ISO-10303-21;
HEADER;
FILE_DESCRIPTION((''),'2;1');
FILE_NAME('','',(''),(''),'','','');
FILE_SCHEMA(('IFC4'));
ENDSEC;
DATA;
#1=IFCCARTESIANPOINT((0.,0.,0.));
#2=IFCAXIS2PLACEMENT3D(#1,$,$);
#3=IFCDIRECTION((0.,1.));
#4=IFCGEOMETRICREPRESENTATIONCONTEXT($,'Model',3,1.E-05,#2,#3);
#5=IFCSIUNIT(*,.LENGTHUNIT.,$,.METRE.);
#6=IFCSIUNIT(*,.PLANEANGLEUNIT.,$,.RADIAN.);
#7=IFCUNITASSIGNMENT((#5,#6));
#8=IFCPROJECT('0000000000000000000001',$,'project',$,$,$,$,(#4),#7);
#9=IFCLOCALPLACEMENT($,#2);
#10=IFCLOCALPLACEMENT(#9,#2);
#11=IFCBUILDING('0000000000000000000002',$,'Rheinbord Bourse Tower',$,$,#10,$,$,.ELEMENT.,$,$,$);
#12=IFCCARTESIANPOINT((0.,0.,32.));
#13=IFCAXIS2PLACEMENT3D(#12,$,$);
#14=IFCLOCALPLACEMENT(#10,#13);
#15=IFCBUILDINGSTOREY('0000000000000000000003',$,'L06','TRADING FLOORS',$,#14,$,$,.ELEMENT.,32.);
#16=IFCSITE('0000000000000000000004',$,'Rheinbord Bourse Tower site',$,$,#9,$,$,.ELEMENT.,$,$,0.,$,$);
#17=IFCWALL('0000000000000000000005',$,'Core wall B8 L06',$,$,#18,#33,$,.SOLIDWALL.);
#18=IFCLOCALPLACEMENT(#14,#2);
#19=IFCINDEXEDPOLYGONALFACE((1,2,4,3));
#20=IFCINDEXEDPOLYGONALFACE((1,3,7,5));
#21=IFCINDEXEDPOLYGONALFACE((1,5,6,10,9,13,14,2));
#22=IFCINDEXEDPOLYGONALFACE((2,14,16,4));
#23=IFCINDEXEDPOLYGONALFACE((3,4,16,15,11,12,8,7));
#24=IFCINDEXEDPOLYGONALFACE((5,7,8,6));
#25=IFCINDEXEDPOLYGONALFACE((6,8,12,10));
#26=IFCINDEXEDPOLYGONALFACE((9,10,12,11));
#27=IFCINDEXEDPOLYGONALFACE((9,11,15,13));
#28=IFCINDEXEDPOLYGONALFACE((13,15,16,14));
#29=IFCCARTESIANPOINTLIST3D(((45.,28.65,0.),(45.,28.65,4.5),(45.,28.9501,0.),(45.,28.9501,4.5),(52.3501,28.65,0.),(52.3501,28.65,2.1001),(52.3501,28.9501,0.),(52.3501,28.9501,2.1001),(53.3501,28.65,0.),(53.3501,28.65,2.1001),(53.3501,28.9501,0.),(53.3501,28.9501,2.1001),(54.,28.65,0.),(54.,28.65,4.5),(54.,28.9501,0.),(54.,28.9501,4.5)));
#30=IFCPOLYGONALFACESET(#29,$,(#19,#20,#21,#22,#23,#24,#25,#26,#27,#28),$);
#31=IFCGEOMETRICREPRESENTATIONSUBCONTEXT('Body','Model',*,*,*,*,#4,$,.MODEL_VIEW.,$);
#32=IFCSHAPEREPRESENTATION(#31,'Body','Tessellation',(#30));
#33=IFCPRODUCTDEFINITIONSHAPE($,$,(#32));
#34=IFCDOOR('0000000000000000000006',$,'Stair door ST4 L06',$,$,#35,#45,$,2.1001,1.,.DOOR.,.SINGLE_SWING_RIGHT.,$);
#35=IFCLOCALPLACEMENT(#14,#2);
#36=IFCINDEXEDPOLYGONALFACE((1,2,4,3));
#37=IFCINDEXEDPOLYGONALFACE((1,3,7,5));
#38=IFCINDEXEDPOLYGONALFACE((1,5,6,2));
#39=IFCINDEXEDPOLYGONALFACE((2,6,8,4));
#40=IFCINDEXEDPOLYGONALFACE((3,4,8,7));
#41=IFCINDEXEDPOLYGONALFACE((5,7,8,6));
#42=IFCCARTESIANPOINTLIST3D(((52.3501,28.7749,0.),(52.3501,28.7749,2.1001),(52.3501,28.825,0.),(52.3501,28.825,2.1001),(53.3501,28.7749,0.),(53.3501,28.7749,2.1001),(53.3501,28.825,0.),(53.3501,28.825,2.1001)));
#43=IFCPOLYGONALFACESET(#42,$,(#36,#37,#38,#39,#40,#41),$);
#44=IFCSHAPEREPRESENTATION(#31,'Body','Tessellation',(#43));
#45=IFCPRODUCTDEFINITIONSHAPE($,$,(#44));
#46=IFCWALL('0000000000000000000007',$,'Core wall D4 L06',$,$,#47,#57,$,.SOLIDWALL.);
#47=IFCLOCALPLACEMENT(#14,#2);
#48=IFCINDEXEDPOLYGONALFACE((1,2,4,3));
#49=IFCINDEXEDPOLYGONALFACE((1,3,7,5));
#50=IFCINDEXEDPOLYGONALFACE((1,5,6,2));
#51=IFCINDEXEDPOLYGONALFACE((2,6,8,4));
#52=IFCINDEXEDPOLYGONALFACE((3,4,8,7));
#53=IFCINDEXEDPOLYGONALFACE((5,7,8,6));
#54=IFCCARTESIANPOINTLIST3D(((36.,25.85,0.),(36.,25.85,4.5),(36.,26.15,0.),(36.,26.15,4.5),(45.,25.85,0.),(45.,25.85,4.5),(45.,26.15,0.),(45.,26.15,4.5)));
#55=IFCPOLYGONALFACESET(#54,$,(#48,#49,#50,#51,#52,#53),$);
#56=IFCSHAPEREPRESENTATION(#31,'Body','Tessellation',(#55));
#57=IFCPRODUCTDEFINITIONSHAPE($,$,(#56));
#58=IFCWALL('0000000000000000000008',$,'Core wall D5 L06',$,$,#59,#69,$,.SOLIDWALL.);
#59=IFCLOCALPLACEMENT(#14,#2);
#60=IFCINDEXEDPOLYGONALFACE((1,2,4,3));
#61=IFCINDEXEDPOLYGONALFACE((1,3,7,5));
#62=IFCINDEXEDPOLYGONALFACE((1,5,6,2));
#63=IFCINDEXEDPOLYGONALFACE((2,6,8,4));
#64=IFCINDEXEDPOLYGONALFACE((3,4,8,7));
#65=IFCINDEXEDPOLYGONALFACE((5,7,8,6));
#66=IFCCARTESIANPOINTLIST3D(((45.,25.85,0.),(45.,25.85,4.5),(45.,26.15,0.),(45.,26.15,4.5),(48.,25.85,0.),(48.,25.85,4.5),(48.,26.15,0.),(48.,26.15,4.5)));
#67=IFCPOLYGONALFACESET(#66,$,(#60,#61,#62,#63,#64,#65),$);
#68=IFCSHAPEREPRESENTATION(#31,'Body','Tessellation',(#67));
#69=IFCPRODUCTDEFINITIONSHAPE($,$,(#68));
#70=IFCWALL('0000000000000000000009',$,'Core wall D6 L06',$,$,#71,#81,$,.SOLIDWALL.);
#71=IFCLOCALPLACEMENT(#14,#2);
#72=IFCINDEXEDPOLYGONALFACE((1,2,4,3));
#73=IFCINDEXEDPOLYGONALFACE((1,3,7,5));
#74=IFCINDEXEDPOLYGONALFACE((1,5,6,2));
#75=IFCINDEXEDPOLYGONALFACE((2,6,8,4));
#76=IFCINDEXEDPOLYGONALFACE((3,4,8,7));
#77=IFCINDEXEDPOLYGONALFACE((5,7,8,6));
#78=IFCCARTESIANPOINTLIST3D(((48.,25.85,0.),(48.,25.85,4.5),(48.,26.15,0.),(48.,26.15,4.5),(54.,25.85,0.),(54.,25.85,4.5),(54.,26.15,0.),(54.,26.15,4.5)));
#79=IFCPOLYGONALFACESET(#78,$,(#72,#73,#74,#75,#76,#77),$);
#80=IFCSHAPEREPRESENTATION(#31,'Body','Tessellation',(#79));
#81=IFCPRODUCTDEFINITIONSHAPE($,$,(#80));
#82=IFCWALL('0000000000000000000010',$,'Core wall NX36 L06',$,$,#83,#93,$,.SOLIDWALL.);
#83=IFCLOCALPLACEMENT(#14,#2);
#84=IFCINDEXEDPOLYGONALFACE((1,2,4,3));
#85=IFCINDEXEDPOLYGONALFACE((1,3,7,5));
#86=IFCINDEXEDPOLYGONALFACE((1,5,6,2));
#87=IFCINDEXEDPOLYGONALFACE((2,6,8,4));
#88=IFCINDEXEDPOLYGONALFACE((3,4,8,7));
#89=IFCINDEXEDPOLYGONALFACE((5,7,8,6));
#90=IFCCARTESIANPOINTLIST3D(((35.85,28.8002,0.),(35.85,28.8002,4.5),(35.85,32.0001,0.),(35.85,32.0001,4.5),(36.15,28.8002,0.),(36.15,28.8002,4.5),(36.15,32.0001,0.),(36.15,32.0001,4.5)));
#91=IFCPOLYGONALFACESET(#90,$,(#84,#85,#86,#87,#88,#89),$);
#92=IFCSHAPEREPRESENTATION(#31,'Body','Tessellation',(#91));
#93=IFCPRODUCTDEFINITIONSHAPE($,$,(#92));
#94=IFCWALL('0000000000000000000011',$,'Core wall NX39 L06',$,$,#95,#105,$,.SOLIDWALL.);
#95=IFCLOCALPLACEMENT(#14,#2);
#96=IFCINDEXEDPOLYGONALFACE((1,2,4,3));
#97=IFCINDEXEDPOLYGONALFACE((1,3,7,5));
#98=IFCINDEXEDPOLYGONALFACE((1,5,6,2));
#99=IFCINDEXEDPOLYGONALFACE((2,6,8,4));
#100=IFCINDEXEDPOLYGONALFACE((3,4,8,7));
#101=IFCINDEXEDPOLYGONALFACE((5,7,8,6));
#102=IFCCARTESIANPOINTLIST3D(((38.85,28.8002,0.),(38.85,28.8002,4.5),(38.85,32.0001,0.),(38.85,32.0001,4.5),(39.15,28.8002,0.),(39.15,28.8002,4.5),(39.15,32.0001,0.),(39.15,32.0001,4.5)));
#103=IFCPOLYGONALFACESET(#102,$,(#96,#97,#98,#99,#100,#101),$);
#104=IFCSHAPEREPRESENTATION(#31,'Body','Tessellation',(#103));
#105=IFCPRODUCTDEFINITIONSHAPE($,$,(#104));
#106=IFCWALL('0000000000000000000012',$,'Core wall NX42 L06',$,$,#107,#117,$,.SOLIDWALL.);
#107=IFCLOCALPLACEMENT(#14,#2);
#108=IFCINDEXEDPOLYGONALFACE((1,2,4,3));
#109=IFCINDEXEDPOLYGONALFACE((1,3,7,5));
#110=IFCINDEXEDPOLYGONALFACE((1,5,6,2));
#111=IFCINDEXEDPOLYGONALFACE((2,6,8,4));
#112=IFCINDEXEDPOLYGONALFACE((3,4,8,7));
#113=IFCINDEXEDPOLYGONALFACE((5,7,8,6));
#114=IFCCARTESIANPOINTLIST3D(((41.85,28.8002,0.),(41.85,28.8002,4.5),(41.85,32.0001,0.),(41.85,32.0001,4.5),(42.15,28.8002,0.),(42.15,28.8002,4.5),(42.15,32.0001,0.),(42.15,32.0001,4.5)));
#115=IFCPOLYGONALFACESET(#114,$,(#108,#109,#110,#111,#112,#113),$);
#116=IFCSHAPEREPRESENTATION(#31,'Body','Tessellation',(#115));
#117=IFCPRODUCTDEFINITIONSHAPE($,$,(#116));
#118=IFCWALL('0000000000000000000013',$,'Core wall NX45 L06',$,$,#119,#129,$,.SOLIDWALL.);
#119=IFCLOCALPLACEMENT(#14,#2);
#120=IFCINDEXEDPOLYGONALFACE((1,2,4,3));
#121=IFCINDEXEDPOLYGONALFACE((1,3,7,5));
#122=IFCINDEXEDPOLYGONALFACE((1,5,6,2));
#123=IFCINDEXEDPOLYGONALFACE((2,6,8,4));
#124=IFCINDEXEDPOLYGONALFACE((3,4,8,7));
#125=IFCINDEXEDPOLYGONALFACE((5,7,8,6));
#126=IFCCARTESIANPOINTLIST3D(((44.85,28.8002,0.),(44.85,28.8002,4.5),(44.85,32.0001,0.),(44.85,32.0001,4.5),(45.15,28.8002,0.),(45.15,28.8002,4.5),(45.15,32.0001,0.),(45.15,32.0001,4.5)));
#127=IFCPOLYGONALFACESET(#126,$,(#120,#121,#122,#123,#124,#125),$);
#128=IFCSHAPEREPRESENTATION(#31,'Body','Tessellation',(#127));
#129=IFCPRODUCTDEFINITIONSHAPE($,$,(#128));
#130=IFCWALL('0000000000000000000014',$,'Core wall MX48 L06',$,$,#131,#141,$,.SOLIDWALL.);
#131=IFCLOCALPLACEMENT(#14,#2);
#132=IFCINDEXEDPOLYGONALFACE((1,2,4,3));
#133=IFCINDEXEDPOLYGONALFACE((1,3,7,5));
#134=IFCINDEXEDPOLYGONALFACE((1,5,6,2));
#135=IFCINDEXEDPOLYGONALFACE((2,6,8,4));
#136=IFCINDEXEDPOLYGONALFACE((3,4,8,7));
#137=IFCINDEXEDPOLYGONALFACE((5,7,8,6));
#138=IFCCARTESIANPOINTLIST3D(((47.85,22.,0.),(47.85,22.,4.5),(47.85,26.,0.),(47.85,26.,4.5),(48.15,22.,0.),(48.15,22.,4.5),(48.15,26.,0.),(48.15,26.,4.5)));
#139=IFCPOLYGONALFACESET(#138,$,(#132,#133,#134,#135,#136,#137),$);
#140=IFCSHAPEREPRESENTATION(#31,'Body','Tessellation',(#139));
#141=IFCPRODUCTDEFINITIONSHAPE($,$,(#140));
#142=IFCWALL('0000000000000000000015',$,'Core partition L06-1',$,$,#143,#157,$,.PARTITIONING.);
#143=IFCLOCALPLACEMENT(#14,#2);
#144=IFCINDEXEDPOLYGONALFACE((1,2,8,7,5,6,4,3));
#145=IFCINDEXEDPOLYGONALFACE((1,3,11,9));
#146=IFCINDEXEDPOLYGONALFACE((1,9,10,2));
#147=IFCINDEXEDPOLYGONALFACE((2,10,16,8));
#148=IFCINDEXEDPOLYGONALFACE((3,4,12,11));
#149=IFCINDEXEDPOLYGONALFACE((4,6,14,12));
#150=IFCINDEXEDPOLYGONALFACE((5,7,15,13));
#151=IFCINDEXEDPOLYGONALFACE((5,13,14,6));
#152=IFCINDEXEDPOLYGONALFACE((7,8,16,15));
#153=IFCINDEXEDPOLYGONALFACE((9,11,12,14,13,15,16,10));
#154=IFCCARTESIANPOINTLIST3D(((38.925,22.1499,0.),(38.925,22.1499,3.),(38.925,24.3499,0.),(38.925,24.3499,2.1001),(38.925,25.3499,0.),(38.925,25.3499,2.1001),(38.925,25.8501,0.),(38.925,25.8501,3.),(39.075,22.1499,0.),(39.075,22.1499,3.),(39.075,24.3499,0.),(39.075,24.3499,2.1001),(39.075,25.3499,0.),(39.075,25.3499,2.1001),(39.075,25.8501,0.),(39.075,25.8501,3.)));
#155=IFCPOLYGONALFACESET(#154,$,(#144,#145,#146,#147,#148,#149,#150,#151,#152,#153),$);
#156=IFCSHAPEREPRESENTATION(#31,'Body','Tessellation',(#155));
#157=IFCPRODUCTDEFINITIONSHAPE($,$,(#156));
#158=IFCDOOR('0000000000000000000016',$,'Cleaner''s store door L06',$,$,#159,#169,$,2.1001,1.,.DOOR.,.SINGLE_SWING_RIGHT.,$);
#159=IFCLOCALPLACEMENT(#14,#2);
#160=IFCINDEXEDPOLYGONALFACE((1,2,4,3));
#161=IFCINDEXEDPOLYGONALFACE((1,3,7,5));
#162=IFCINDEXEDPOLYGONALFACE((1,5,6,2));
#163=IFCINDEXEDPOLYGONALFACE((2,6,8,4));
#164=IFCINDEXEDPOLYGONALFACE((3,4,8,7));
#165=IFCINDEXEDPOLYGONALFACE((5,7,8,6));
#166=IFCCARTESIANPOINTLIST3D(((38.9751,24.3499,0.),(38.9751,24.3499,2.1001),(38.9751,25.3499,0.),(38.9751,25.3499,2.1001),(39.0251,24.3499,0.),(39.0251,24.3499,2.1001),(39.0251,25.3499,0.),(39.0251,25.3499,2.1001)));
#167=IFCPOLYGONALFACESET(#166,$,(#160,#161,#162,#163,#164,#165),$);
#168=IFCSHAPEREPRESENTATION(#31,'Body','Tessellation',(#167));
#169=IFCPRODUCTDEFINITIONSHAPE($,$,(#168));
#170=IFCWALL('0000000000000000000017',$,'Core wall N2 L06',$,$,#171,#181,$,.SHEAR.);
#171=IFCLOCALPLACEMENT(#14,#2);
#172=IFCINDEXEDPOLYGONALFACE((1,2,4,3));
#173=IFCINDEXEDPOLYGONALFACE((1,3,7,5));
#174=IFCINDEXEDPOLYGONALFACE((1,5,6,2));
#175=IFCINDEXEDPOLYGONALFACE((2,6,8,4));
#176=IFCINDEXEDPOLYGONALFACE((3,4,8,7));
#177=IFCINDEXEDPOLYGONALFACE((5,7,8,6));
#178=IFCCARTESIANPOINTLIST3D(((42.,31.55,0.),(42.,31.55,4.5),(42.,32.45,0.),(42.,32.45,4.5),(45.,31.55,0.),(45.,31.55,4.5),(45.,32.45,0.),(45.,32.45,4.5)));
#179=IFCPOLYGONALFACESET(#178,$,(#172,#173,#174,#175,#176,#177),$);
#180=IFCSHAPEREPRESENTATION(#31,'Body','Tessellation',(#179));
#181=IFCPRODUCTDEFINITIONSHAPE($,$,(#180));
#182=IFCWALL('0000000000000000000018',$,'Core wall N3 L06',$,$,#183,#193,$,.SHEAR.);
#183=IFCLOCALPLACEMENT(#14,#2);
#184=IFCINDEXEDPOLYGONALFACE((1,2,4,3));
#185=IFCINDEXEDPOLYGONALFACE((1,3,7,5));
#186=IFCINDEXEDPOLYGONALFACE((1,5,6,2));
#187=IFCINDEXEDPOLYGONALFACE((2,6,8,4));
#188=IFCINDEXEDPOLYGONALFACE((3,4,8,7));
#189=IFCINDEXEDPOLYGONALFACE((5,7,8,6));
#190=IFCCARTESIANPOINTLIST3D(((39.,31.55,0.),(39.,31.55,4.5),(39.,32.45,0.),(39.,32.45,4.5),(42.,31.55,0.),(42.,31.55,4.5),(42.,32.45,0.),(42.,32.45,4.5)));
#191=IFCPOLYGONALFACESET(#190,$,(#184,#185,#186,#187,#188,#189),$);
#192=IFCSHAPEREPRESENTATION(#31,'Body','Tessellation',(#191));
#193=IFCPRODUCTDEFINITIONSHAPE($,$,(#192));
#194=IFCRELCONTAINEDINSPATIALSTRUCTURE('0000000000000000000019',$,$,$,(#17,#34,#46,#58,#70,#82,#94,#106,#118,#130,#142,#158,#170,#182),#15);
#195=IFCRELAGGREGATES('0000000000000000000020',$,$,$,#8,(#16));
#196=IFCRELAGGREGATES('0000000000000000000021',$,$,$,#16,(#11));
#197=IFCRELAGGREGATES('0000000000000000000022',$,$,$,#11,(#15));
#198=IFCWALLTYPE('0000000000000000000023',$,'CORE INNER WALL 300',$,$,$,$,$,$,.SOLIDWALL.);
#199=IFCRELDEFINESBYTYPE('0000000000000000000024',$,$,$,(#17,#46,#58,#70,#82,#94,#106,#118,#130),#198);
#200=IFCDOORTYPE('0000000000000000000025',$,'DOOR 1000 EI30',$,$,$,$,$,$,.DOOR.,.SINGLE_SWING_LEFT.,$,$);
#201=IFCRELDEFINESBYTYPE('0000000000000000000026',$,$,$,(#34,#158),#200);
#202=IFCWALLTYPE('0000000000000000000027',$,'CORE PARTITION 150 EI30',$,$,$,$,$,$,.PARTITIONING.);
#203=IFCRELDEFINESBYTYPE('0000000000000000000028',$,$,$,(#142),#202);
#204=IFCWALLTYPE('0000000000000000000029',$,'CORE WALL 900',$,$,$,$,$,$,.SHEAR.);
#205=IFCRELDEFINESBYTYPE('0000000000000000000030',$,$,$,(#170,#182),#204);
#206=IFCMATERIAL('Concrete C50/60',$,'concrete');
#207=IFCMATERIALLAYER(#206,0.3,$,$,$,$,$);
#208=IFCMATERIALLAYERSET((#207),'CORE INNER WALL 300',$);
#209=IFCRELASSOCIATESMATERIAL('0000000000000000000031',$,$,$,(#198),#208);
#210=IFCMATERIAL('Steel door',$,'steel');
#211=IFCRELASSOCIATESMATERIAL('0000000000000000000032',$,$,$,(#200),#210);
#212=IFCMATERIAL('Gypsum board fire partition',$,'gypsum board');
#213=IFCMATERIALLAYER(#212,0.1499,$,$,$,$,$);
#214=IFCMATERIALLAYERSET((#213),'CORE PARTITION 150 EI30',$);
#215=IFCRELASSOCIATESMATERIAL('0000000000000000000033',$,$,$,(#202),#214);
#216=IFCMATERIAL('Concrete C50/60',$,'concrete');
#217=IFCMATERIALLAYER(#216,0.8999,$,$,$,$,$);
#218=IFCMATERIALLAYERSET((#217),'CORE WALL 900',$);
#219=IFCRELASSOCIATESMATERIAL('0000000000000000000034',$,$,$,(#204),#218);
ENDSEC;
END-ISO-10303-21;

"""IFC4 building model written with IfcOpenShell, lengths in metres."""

from ifc_helpers import new_model, si_unit, direction, frame, frame_2d, origin, place, context, subcontext, project, spatial, rectangle, extrude, material, layer, layer_set, type_object, element, fill, save


model = new_model("IFC4")

# Units and contexts
model_context = context("Model", 3, precision=1e-05, world=origin(), true_north=direction((0.0, 1.0)))
body_context = subcontext(model_context, "Body", "Model", "MODEL_VIEW")
ifc_project = project(units=[si_unit("LENGTHUNIT", "METRE"), si_unit("PLANEANGLEUNIT", "RADIAN")], contexts=[model_context])

# Site, building, storey
site_placement = place(None, origin())
site = spatial("IfcSite", under=ifc_project, at=site_placement, Name="Rheinbord Bourse Tower site", CompositionType="ELEMENT", RefElevation=0.0)
building_placement = place(site_placement, origin())
building = spatial("IfcBuilding", under=site, at=building_placement, Name="Rheinbord Bourse Tower", CompositionType="ELEMENT")
storey_placement = place(building_placement, frame((0.0, 0.0, 32.0)))
storey = spatial("IfcBuildingStorey", under=building, at=storey_placement, Name="L06", Description="TRADING FLOORS", CompositionType="ELEMENT", Elevation=32.0)

# Shared definitions
ifc_material_1 = material(Name="Concrete C50/60", Category="concrete")
ifc_layer_1 = layer(ifc_material_1, 0.3)
ifc_layer_set_1 = layer_set([ifc_layer_1], Name="CORE INNER WALL 300")
wall_type_1 = type_object("IfcWallType", Name="CORE INNER WALL 300", PredefinedType="SOLIDWALL", material=ifc_layer_set_1)

# Wall, opening, door
wall_1_placement = place(storey_placement, frame((45.0, 28.8, 0.0), z_axis=(0.0, 0.0, 1.0), x_axis=(1.0, 0.0, 0.0)))
wall_1 = element("IfcWall", 1, at=wall_1_placement, inside=storey, type_object=wall_type_1, Name="Core wall B8 L06", PredefinedType="SOLIDWALL", context=body_context, shape_type="SweptSolid", body=[
    extrude(rectangle(XDim=9.0, YDim=0.3, at=frame_2d((4.5, 0.0))), origin(), (0.0, 0.0, 1.0), 4.5),
])
opening_1_placement = place(wall_1_placement, frame((7.3501, 0.0, 0.0)))
opening_1 = element("IfcOpeningElement", 2, at=opening_1_placement, cuts=wall_1, PredefinedType="OPENING", context=body_context, shape_type="SweptSolid", body=[
    extrude(rectangle(XDim=1.0, YDim=2.1001, at=frame_2d((0.5, 1.05))), frame((0.0, 0.1599, 0.0), z_axis=(0.0, -1.0, 0.0), x_axis=(1.0, 0.0, 0.0)), (0.0, 0.0, 1.0), 0.3201),
])
ifc_material_2 = material(Name="Steel door", Category="steel")
door_type_1 = type_object("IfcDoorType", Name="DOOR 1000 EI30", OperationType="SINGLE_SWING_LEFT", PredefinedType="DOOR", material=ifc_material_2)
door_1_placement = place(opening_1_placement, origin())
door_1 = element("IfcDoor", 3, at=door_1_placement, inside=storey, type_object=door_type_1, Name="Stair door ST4 L06", OperationType="SINGLE_SWING_RIGHT", OverallHeight=2.1001, OverallWidth=1.0, PredefinedType="DOOR", context=body_context, shape_type="SweptSolid", body=[
    extrude(rectangle(XDim=1.0, YDim=2.1001, at=frame_2d((0.5, 1.05))), frame((0.0, 0.0249, 0.0), z_axis=(0.0, -1.0, 0.0), x_axis=(1.0, 0.0, 0.0)), (0.0, 0.0, 1.0), 0.05),
])
fill(opening_1, door_1)

# Walls
wall_2_placement = place(storey_placement, frame((36.0, 26.0, 0.0), z_axis=(0.0, 0.0, 1.0), x_axis=(1.0, 0.0, 0.0)))
element("IfcWall", 4, at=wall_2_placement, inside=storey, type_object=wall_type_1, Name="Core wall D4 L06", PredefinedType="SOLIDWALL", context=body_context, shape_type="SweptSolid", body=[
    extrude(rectangle(XDim=9.0, YDim=0.3, at=frame_2d((4.5, 0.0))), origin(), (0.0, 0.0, 1.0), 4.5),
])
wall_3_placement = place(storey_placement, frame((45.0, 26.0, 0.0), z_axis=(0.0, 0.0, 1.0), x_axis=(1.0, 0.0, 0.0)))
element("IfcWall", 5, at=wall_3_placement, inside=storey, type_object=wall_type_1, Name="Core wall D5 L06", PredefinedType="SOLIDWALL", context=body_context, shape_type="SweptSolid", body=[
    extrude(rectangle(XDim=3.0, YDim=0.3, at=frame_2d((1.5, 0.0))), origin(), (0.0, 0.0, 1.0), 4.5),
])
wall_4_placement = place(storey_placement, frame((48.0, 26.0, 0.0), z_axis=(0.0, 0.0, 1.0), x_axis=(1.0, 0.0, 0.0)))
element("IfcWall", 6, at=wall_4_placement, inside=storey, type_object=wall_type_1, Name="Core wall D6 L06", PredefinedType="SOLIDWALL", context=body_context, shape_type="SweptSolid", body=[
    extrude(rectangle(XDim=6.0, YDim=0.3, at=frame_2d((3.0, 0.0))), origin(), (0.0, 0.0, 1.0), 4.5),
])
for number, where, z_axis, x_axis, name in (
    (7, (36.0, 28.8, 0.0), (0.0, 0.0, 1.0), (0.0, 1.0, 0.0), "Core wall NX36 L06"),
    (8, (39.0, 28.8, 0.0), (0.0, 0.0, 1.0), (0.0, 1.0, 0.0), "Core wall NX39 L06"),
    (9, (42.0, 28.8, 0.0), (0.0, 0.0, 1.0), (0.0, 1.0, 0.0), "Core wall NX42 L06"),
    (10, (45.0, 28.8, 0.0), (0.0, 0.0, 1.0), (0.0, 1.0, 0.0), "Core wall NX45 L06"),
):
    element("IfcWall", number, at=place(storey_placement, frame(where, z_axis=z_axis, x_axis=x_axis)), inside=storey, type_object=wall_type_1, Name=name, PredefinedType="SOLIDWALL", context=body_context, shape_type="SweptSolid", body=[
        extrude(rectangle(XDim=3.2, YDim=0.3, at=frame_2d((1.6001, 0.0))), origin(), (0.0, 0.0, 1.0), 4.5),
    ])
wall_5_placement = place(storey_placement, frame((48.0, 22.0, 0.0), z_axis=(0.0, 0.0, 1.0), x_axis=(0.0, 1.0, 0.0)))
element("IfcWall", 11, at=wall_5_placement, inside=storey, type_object=wall_type_1, Name="Core wall MX48 L06", PredefinedType="SOLIDWALL", context=body_context, shape_type="SweptSolid", body=[
    extrude(rectangle(XDim=4.0, YDim=0.3, at=frame_2d((2.0, 0.0))), origin(), (0.0, 0.0, 1.0), 4.5),
])

# Wall, opening, door
ifc_material_3 = material(Name="Gypsum board fire partition", Category="gypsum board")
ifc_layer_2 = layer(ifc_material_3, 0.1499)
ifc_layer_set_2 = layer_set([ifc_layer_2], Name="CORE PARTITION 150 EI30")
wall_type_2 = type_object("IfcWallType", Name="CORE PARTITION 150 EI30", PredefinedType="PARTITIONING", material=ifc_layer_set_2)
wall_6_placement = place(storey_placement, frame((39.0, 22.1499, 0.0), z_axis=(0.0, 0.0, 1.0), x_axis=(0.0, 1.0, 0.0)))
wall_6 = element("IfcWall", 12, at=wall_6_placement, inside=storey, type_object=wall_type_2, Name="Core partition L06-1", PredefinedType="PARTITIONING", context=body_context, shape_type="SweptSolid", body=[
    extrude(rectangle(XDim=3.7002, YDim=0.1499, at=frame_2d((1.8501, 0.0))), origin(), (0.0, 0.0, 1.0), 3.0),
])
opening_2_placement = place(wall_6_placement, frame((2.2, 0.0, 0.0)))
opening_2 = element("IfcOpeningElement", 13, at=opening_2_placement, cuts=wall_6, PredefinedType="OPENING", context=body_context, shape_type="SweptSolid", body=[
    extrude(rectangle(XDim=1.0, YDim=2.1001, at=frame_2d((0.5, 1.05))), frame((0.0, 0.085, 0.0), z_axis=(0.0, -1.0, 0.0), x_axis=(1.0, 0.0, 0.0)), (0.0, 0.0, 1.0), 0.1699),
])
door_2_placement = place(opening_2_placement, origin())
door_2 = element("IfcDoor", 14, at=door_2_placement, inside=storey, type_object=door_type_1, Name="Cleaner's store door L06", OperationType="SINGLE_SWING_RIGHT", OverallHeight=2.1001, OverallWidth=1.0, PredefinedType="DOOR", context=body_context, shape_type="SweptSolid", body=[
    extrude(rectangle(XDim=1.0, YDim=2.1001, at=frame_2d((0.5, 1.05))), frame((0.0, 0.0249, 0.0), z_axis=(0.0, -1.0, 0.0), x_axis=(1.0, 0.0, 0.0)), (0.0, 0.0, 1.0), 0.05),
])
fill(opening_2, door_2)

# Walls
ifc_material_4 = material(Name="Concrete C50/60", Category="concrete")
ifc_layer_3 = layer(ifc_material_4, 0.8999)
ifc_layer_set_3 = layer_set([ifc_layer_3], Name="CORE WALL 900")
wall_type_3 = type_object("IfcWallType", Name="CORE WALL 900", PredefinedType="SHEAR", material=ifc_layer_set_3)
for number, where, z_axis, x_axis, name in (
    (15, (45.0, 32.0, 0.0), (0.0, 0.0, 1.0), (-1.0, 0.0, 0.0), "Core wall N2 L06"),
    (16, (42.0, 32.0, 0.0), (0.0, 0.0, 1.0), (-1.0, 0.0, 0.0), "Core wall N3 L06"),
):
    element("IfcWall", number, at=place(storey_placement, frame(where, z_axis=z_axis, x_axis=x_axis)), inside=storey, type_object=wall_type_3, Name=name, PredefinedType="SHEAR", context=body_context, shape_type="SweptSolid", body=[
        extrude(rectangle(XDim=3.0, YDim=0.8999, at=frame_2d((1.5, 0.0))), origin(), (0.0, 0.0, 1.0), 4.5),
    ])

save(model, "model.ifc")
